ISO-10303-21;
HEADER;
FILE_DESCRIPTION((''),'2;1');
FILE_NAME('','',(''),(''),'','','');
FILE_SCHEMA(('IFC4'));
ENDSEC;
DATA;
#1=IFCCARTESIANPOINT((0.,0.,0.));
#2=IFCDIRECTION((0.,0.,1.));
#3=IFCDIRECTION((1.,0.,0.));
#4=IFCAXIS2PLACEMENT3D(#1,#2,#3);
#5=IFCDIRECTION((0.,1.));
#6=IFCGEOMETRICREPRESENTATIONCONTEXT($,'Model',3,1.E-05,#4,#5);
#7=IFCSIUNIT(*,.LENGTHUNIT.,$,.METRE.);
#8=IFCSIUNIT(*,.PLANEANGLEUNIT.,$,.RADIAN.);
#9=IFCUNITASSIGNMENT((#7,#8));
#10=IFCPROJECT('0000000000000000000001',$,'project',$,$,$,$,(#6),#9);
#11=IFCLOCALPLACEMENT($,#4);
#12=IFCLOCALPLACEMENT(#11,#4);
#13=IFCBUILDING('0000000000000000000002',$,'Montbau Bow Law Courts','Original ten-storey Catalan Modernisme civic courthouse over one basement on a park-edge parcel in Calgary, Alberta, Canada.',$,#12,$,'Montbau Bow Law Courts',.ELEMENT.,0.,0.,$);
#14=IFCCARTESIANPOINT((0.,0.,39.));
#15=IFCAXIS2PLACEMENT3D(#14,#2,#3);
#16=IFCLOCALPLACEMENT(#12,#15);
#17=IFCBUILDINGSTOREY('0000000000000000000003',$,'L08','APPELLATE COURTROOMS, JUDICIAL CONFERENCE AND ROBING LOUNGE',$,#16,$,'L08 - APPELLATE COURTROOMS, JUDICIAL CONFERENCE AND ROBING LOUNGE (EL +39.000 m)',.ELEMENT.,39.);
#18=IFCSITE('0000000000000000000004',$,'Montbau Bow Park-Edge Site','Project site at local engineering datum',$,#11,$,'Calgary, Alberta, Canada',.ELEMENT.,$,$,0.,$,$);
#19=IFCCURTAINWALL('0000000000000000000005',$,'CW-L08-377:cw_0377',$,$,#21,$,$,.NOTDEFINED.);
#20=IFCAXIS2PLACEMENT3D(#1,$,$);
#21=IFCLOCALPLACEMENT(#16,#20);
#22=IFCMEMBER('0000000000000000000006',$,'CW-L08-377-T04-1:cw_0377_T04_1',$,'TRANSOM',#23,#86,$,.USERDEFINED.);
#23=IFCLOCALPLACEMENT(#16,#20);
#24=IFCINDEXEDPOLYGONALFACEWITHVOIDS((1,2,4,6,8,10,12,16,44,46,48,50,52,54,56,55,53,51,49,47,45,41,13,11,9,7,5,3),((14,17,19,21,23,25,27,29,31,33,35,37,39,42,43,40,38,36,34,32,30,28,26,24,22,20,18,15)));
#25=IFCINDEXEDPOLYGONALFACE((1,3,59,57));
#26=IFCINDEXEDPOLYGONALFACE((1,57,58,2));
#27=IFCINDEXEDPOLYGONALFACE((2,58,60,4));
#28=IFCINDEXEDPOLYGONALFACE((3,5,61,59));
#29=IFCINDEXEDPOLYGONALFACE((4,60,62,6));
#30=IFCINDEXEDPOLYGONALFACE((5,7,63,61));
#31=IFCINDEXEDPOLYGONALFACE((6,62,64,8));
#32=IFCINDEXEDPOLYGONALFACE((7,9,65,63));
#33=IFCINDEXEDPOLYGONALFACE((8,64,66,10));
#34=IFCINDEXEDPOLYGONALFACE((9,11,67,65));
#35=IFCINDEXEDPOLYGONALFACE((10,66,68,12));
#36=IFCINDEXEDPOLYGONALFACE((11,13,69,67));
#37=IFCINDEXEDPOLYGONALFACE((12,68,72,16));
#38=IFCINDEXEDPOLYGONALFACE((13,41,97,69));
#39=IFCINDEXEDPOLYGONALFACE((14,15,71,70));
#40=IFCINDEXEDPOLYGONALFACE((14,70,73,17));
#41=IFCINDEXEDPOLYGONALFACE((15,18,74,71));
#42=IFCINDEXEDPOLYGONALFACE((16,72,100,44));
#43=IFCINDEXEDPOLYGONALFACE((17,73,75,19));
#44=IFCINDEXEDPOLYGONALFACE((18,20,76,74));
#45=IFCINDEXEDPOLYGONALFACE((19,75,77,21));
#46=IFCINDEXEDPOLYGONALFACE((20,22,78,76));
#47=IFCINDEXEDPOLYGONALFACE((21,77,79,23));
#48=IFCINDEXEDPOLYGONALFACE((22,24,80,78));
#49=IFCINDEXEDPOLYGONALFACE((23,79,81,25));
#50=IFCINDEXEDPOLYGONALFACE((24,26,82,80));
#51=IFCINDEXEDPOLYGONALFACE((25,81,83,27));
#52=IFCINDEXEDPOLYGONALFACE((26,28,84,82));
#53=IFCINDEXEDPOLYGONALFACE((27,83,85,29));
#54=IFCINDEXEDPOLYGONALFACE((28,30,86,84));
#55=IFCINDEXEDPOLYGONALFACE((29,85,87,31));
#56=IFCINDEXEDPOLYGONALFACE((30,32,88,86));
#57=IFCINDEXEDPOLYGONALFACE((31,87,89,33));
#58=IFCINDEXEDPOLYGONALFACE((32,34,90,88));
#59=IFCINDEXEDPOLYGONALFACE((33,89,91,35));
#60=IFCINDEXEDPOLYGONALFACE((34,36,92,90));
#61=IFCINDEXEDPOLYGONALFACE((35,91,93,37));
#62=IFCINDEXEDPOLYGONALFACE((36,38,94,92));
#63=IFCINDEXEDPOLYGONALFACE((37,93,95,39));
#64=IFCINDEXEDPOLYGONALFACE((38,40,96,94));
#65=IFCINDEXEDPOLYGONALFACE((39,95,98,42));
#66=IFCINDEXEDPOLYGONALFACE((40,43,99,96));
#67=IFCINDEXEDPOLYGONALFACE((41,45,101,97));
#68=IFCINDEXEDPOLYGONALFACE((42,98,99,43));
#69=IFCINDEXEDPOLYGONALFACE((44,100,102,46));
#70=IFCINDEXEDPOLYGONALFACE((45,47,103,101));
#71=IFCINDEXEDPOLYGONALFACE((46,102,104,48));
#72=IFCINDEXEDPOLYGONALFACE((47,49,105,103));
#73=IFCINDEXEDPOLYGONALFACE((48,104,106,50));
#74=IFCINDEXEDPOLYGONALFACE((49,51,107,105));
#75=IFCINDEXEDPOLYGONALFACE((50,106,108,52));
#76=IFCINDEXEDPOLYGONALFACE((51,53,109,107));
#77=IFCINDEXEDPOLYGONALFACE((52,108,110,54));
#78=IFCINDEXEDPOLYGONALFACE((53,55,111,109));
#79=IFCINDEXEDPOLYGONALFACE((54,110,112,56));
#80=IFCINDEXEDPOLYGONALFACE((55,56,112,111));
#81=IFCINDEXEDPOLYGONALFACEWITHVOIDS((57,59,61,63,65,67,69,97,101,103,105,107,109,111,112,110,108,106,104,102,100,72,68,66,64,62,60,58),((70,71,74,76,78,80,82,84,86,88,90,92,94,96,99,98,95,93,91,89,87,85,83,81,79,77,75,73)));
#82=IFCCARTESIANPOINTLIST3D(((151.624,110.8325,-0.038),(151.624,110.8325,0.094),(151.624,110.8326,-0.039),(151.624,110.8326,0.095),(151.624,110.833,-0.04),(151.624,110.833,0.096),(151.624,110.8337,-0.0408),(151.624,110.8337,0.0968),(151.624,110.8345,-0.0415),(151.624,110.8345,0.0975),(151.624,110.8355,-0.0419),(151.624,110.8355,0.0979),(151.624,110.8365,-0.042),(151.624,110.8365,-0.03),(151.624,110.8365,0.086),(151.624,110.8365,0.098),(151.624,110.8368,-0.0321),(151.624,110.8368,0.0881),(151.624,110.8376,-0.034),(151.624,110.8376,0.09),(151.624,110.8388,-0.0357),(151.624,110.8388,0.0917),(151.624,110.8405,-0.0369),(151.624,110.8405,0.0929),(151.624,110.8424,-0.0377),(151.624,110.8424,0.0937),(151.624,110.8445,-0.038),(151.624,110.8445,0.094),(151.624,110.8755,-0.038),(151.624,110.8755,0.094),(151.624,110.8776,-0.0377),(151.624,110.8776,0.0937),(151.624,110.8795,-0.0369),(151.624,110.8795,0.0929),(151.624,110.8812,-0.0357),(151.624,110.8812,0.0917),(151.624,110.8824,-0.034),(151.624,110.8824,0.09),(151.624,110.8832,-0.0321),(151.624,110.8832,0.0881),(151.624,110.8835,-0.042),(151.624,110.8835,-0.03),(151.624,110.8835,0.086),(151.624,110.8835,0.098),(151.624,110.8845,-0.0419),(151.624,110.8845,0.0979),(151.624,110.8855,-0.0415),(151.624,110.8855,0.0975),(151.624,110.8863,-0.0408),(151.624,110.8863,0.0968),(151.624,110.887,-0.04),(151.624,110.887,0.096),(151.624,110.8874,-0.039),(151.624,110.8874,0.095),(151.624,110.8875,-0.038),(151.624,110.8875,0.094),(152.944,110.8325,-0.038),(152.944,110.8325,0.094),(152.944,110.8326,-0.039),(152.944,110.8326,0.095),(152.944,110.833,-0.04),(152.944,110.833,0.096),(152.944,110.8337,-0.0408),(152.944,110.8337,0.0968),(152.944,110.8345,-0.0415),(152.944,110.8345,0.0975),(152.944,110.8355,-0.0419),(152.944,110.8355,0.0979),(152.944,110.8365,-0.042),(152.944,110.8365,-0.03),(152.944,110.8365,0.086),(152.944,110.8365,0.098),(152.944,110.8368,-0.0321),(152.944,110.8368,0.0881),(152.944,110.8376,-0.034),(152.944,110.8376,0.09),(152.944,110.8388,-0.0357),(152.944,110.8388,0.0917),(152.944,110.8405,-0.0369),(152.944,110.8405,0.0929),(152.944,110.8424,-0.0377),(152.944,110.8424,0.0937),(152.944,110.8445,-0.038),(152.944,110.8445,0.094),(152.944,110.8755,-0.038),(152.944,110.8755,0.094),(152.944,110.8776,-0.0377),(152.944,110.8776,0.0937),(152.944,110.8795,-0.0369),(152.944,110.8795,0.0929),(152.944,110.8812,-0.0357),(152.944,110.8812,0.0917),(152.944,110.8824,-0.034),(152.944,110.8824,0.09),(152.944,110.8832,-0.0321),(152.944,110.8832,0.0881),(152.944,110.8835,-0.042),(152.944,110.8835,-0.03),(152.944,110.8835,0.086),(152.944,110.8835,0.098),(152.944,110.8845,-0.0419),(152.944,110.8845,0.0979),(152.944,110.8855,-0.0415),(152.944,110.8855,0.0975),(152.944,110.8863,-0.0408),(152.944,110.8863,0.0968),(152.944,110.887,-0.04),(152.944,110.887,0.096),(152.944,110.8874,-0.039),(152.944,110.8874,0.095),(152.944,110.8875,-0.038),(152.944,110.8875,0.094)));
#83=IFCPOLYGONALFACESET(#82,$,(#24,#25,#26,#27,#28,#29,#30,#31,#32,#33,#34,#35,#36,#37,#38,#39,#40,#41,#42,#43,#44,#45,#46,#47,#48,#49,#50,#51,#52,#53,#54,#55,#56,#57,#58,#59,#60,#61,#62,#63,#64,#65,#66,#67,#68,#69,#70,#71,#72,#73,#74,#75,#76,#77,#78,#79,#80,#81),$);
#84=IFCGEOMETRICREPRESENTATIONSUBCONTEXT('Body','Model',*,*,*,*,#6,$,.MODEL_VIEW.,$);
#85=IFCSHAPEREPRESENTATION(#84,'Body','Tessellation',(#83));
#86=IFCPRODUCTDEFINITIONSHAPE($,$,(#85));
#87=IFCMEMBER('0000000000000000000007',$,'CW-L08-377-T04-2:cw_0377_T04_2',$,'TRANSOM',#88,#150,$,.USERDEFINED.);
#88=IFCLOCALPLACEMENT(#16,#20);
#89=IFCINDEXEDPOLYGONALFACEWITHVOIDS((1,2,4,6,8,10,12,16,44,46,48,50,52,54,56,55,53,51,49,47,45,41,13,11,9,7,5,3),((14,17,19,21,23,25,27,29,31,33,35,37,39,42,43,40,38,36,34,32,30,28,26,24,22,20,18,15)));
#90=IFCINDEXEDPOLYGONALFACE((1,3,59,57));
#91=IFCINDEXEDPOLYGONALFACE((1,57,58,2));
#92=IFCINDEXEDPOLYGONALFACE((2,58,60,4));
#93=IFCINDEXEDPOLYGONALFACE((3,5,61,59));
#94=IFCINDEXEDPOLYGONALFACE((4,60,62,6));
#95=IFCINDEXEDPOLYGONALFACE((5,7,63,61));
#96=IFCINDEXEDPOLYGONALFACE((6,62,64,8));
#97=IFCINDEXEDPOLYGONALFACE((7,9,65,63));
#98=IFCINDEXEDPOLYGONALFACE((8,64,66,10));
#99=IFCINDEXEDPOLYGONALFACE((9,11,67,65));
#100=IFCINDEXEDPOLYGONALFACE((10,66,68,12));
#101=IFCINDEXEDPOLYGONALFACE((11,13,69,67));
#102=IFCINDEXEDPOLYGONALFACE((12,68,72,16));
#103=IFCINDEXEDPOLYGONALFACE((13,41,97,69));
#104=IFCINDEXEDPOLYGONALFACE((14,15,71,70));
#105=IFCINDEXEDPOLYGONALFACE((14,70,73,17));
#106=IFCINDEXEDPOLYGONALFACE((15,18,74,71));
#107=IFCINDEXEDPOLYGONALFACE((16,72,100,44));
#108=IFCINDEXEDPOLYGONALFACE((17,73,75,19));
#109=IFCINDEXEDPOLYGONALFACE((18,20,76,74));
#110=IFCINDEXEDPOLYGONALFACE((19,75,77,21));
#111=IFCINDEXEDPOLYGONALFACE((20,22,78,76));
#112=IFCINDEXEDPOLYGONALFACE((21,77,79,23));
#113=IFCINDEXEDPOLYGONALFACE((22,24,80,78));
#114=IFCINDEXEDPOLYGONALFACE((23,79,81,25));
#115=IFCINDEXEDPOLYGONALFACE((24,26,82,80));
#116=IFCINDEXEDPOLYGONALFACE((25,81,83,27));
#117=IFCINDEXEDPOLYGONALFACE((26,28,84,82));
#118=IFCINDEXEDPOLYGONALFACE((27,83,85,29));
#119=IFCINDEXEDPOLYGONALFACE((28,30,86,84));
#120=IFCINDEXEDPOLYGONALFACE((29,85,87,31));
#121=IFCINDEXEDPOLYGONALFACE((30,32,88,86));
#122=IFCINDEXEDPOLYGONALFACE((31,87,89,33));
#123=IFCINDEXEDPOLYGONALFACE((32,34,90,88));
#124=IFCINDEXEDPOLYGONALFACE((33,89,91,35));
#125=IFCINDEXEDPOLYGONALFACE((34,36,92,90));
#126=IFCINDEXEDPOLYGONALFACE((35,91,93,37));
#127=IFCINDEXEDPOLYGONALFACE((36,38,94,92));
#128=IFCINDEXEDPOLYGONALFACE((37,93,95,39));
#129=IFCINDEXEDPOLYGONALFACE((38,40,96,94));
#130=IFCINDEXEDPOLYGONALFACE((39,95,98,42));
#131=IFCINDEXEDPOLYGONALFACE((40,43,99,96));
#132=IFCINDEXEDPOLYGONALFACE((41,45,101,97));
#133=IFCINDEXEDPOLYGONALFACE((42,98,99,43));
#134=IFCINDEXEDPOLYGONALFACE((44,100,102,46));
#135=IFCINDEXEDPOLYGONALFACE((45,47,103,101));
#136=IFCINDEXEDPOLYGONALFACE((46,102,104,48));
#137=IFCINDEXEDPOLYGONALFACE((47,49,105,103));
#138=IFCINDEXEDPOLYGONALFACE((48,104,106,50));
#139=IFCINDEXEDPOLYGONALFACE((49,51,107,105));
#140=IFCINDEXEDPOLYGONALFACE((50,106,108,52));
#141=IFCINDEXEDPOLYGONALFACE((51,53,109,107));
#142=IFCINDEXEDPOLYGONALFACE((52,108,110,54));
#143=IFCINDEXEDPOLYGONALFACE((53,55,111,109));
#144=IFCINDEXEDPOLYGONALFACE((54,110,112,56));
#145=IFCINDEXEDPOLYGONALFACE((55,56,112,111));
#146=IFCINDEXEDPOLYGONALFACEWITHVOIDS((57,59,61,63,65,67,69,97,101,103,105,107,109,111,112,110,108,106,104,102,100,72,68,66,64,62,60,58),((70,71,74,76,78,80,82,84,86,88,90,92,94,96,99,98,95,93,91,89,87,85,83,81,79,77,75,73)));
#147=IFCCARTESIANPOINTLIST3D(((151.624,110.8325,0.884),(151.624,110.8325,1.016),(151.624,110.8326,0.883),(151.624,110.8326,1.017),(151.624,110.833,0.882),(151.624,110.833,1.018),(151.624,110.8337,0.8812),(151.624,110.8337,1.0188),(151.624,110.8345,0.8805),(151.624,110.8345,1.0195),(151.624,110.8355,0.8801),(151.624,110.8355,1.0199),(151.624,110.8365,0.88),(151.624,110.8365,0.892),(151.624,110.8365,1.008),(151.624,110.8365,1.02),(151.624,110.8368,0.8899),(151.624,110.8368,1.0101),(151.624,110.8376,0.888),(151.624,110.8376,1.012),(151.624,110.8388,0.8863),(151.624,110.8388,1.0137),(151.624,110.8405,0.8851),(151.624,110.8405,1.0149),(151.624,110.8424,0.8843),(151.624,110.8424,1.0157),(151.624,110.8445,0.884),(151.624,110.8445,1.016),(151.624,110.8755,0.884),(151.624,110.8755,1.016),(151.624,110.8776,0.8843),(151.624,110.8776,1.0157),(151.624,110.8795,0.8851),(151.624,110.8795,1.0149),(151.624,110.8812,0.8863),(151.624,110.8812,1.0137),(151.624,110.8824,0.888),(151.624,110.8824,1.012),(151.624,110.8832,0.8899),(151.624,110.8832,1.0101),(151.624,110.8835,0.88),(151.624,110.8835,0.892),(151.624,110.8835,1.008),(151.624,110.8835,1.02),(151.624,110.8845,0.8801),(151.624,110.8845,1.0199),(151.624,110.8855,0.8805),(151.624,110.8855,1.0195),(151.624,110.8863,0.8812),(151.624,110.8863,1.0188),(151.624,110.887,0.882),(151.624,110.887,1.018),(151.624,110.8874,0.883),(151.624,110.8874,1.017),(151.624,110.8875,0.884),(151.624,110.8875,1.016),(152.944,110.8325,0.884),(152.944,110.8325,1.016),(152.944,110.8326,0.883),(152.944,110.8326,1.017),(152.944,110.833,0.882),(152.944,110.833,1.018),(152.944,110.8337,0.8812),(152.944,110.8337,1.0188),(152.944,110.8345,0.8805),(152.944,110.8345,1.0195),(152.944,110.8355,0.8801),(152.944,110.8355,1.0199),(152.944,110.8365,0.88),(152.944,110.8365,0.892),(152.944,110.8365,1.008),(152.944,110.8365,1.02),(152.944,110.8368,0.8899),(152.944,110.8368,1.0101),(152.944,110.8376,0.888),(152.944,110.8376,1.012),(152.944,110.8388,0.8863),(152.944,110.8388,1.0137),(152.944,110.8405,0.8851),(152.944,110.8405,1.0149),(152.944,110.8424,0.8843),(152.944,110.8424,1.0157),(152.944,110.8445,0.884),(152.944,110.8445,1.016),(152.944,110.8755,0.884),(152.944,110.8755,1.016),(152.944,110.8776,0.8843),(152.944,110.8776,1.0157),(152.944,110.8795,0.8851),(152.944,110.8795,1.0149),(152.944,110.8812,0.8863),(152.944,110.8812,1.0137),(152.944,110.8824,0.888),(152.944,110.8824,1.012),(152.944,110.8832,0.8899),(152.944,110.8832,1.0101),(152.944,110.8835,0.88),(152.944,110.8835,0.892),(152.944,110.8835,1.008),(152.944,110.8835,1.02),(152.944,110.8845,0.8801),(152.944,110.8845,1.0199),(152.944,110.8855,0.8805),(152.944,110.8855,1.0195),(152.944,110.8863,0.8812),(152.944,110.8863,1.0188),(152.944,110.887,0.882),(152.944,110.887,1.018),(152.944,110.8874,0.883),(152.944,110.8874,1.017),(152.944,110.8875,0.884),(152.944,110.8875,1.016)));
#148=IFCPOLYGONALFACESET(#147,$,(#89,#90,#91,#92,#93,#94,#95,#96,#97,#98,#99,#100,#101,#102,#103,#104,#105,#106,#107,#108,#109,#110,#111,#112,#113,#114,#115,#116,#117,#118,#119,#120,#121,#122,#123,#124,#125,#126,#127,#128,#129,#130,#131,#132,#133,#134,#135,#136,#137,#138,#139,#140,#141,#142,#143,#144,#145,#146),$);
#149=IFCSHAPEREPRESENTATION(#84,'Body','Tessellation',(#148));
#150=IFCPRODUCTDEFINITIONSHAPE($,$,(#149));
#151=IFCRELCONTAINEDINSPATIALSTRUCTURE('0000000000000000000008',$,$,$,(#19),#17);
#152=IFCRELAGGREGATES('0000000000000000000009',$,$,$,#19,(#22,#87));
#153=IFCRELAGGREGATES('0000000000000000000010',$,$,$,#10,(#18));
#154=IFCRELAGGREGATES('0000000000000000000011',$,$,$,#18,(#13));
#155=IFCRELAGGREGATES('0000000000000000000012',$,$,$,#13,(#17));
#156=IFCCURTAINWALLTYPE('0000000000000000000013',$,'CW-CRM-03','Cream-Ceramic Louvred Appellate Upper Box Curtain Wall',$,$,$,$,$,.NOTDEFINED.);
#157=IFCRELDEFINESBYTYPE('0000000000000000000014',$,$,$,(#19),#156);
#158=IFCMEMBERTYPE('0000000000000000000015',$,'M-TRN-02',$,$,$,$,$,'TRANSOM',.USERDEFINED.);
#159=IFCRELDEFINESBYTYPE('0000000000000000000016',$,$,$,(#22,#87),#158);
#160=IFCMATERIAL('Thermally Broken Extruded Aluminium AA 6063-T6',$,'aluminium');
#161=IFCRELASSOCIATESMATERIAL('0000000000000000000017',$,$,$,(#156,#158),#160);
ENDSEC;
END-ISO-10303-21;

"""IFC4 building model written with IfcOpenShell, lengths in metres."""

from ifc_helpers import new_model, si_unit, direction, frame, origin_with_axes, origin_2d_with_axis, place, context, subcontext, project, spatial, hollow_rectangle, extrude, material, material_profile, profile_set, type_object, element, aggregate, save


model = new_model("IFC4")

# Units and contexts
model_context = context("Model", 3, precision=1e-05, world=origin_with_axes(), true_north=direction((0.0, 1.0)))
body_context = subcontext(model_context, "Body", "Model", "MODEL_VIEW")
ifc_project = project(units=[si_unit("LENGTHUNIT", "METRE"), si_unit("PLANEANGLEUNIT", "RADIAN")], contexts=[model_context])

# Site, building, storey
site_placement = place(None, origin_with_axes())
site = spatial("IfcSite", under=ifc_project, at=site_placement, Name="Montbau Bow Park-Edge Site", Description="Project site at local engineering datum", LongName="Calgary, Alberta, Canada", CompositionType="ELEMENT", RefElevation=0.0)
building_placement = place(site_placement, origin_with_axes())
building = spatial("IfcBuilding", under=site, at=building_placement, Name="Montbau Bow Law Courts", Description="Original ten-storey Catalan Modernisme civic courthouse over one basement on a park-edge parcel in Calgary, Alberta, Canada.", LongName="Montbau Bow Law Courts", CompositionType="ELEMENT", ElevationOfRefHeight=0.0, ElevationOfTerrain=0.0)
storey_placement = place(building_placement, frame((0.0, 0.0, 39.0), z_axis=(0.0, 0.0, 1.0), x_axis=(1.0, 0.0, 0.0)))
storey = spatial("IfcBuildingStorey", under=building, at=storey_placement, Name="L08", Description="APPELLATE COURTROOMS, JUDICIAL CONFERENCE AND ROBING LOUNGE", LongName="L08 - APPELLATE COURTROOMS, JUDICIAL CONFERENCE AND ROBING LOUNGE (EL +39.000 m)", CompositionType="ELEMENT", Elevation=39.0)

# Curtain wall, members
ifc_material_1 = material(Name="Thermally Broken Extruded Aluminium AA 6063-T6", Category="aluminium")
curtain_wall_type = type_object("IfcCurtainWallType", Name="CW-CRM-03", Description="Cream-Ceramic Louvred Appellate Upper Box Curtain Wall", PredefinedType="NOTDEFINED", material=ifc_material_1)
curtain_wall_placement = place(None, frame((147.44, 110.86, 39.0), z_axis=(0.0, 0.0, 1.0), x_axis=(1.0, 0.0, 0.0)))
curtain_wall = element("IfcCurtainWall", 1, at=curtain_wall_placement, inside=storey, type_object=curtain_wall_type, Name="CW-L08-377:cw_0377", PredefinedType="NOTDEFINED")
ifc_material_profile_1 = material_profile(ifc_material_1, hollow_rectangle(XDim=0.055, YDim=0.14, WallThickness=0.004, InnerFilletRadius=0.008, OuterFilletRadius=0.004, at=origin_2d_with_axis()), Name="CWT-140X55", Category="Main", Priority=0)
ifc_profile_set_1 = profile_set([ifc_material_profile_1], Name="Thermally Broken Extruded Aluminium AA 6063-T6")
member_type_1 = type_object("IfcMemberType", Name="M-TRN-02", ElementType="TRANSOM", PredefinedType="USERDEFINED", material=ifc_profile_set_1)
member_1_placement = place(None, frame((151.624, 110.86, 39.028), z_axis=(1.0, 0.0, 0.0), x_axis=(0.0, 1.0, 0.0)))
member_1 = element("IfcMember", 2, at=member_1_placement, type_object=member_type_1, Name="CW-L08-377-T04-1:cw_0377_T04_1", ObjectType="TRANSOM", PredefinedType="USERDEFINED", context=body_context, shape_type="SweptSolid", body=[
    extrude(hollow_rectangle(XDim=0.055, YDim=0.14, WallThickness=0.004, InnerFilletRadius=0.008, OuterFilletRadius=0.004, at=origin_2d_with_axis()), origin_with_axes(), (0.0, 0.0, 1.0), 1.32),
])
member_2_placement = place(None, frame((151.624, 110.86, 39.95), z_axis=(1.0, 0.0, 0.0), x_axis=(0.0, 1.0, 0.0)))
member_2 = element("IfcMember", 3, at=member_2_placement, type_object=member_type_1, Name="CW-L08-377-T04-2:cw_0377_T04_2", ObjectType="TRANSOM", PredefinedType="USERDEFINED", context=body_context, shape_type="SweptSolid", body=[
    extrude(hollow_rectangle(XDim=0.055, YDim=0.14, WallThickness=0.004, InnerFilletRadius=0.008, OuterFilletRadius=0.004, at=origin_2d_with_axis()), origin_with_axes(), (0.0, 0.0, 1.0), 1.32),
])
aggregate(curtain_wall, [member_1, member_2])

save(model, "model.ifc")
